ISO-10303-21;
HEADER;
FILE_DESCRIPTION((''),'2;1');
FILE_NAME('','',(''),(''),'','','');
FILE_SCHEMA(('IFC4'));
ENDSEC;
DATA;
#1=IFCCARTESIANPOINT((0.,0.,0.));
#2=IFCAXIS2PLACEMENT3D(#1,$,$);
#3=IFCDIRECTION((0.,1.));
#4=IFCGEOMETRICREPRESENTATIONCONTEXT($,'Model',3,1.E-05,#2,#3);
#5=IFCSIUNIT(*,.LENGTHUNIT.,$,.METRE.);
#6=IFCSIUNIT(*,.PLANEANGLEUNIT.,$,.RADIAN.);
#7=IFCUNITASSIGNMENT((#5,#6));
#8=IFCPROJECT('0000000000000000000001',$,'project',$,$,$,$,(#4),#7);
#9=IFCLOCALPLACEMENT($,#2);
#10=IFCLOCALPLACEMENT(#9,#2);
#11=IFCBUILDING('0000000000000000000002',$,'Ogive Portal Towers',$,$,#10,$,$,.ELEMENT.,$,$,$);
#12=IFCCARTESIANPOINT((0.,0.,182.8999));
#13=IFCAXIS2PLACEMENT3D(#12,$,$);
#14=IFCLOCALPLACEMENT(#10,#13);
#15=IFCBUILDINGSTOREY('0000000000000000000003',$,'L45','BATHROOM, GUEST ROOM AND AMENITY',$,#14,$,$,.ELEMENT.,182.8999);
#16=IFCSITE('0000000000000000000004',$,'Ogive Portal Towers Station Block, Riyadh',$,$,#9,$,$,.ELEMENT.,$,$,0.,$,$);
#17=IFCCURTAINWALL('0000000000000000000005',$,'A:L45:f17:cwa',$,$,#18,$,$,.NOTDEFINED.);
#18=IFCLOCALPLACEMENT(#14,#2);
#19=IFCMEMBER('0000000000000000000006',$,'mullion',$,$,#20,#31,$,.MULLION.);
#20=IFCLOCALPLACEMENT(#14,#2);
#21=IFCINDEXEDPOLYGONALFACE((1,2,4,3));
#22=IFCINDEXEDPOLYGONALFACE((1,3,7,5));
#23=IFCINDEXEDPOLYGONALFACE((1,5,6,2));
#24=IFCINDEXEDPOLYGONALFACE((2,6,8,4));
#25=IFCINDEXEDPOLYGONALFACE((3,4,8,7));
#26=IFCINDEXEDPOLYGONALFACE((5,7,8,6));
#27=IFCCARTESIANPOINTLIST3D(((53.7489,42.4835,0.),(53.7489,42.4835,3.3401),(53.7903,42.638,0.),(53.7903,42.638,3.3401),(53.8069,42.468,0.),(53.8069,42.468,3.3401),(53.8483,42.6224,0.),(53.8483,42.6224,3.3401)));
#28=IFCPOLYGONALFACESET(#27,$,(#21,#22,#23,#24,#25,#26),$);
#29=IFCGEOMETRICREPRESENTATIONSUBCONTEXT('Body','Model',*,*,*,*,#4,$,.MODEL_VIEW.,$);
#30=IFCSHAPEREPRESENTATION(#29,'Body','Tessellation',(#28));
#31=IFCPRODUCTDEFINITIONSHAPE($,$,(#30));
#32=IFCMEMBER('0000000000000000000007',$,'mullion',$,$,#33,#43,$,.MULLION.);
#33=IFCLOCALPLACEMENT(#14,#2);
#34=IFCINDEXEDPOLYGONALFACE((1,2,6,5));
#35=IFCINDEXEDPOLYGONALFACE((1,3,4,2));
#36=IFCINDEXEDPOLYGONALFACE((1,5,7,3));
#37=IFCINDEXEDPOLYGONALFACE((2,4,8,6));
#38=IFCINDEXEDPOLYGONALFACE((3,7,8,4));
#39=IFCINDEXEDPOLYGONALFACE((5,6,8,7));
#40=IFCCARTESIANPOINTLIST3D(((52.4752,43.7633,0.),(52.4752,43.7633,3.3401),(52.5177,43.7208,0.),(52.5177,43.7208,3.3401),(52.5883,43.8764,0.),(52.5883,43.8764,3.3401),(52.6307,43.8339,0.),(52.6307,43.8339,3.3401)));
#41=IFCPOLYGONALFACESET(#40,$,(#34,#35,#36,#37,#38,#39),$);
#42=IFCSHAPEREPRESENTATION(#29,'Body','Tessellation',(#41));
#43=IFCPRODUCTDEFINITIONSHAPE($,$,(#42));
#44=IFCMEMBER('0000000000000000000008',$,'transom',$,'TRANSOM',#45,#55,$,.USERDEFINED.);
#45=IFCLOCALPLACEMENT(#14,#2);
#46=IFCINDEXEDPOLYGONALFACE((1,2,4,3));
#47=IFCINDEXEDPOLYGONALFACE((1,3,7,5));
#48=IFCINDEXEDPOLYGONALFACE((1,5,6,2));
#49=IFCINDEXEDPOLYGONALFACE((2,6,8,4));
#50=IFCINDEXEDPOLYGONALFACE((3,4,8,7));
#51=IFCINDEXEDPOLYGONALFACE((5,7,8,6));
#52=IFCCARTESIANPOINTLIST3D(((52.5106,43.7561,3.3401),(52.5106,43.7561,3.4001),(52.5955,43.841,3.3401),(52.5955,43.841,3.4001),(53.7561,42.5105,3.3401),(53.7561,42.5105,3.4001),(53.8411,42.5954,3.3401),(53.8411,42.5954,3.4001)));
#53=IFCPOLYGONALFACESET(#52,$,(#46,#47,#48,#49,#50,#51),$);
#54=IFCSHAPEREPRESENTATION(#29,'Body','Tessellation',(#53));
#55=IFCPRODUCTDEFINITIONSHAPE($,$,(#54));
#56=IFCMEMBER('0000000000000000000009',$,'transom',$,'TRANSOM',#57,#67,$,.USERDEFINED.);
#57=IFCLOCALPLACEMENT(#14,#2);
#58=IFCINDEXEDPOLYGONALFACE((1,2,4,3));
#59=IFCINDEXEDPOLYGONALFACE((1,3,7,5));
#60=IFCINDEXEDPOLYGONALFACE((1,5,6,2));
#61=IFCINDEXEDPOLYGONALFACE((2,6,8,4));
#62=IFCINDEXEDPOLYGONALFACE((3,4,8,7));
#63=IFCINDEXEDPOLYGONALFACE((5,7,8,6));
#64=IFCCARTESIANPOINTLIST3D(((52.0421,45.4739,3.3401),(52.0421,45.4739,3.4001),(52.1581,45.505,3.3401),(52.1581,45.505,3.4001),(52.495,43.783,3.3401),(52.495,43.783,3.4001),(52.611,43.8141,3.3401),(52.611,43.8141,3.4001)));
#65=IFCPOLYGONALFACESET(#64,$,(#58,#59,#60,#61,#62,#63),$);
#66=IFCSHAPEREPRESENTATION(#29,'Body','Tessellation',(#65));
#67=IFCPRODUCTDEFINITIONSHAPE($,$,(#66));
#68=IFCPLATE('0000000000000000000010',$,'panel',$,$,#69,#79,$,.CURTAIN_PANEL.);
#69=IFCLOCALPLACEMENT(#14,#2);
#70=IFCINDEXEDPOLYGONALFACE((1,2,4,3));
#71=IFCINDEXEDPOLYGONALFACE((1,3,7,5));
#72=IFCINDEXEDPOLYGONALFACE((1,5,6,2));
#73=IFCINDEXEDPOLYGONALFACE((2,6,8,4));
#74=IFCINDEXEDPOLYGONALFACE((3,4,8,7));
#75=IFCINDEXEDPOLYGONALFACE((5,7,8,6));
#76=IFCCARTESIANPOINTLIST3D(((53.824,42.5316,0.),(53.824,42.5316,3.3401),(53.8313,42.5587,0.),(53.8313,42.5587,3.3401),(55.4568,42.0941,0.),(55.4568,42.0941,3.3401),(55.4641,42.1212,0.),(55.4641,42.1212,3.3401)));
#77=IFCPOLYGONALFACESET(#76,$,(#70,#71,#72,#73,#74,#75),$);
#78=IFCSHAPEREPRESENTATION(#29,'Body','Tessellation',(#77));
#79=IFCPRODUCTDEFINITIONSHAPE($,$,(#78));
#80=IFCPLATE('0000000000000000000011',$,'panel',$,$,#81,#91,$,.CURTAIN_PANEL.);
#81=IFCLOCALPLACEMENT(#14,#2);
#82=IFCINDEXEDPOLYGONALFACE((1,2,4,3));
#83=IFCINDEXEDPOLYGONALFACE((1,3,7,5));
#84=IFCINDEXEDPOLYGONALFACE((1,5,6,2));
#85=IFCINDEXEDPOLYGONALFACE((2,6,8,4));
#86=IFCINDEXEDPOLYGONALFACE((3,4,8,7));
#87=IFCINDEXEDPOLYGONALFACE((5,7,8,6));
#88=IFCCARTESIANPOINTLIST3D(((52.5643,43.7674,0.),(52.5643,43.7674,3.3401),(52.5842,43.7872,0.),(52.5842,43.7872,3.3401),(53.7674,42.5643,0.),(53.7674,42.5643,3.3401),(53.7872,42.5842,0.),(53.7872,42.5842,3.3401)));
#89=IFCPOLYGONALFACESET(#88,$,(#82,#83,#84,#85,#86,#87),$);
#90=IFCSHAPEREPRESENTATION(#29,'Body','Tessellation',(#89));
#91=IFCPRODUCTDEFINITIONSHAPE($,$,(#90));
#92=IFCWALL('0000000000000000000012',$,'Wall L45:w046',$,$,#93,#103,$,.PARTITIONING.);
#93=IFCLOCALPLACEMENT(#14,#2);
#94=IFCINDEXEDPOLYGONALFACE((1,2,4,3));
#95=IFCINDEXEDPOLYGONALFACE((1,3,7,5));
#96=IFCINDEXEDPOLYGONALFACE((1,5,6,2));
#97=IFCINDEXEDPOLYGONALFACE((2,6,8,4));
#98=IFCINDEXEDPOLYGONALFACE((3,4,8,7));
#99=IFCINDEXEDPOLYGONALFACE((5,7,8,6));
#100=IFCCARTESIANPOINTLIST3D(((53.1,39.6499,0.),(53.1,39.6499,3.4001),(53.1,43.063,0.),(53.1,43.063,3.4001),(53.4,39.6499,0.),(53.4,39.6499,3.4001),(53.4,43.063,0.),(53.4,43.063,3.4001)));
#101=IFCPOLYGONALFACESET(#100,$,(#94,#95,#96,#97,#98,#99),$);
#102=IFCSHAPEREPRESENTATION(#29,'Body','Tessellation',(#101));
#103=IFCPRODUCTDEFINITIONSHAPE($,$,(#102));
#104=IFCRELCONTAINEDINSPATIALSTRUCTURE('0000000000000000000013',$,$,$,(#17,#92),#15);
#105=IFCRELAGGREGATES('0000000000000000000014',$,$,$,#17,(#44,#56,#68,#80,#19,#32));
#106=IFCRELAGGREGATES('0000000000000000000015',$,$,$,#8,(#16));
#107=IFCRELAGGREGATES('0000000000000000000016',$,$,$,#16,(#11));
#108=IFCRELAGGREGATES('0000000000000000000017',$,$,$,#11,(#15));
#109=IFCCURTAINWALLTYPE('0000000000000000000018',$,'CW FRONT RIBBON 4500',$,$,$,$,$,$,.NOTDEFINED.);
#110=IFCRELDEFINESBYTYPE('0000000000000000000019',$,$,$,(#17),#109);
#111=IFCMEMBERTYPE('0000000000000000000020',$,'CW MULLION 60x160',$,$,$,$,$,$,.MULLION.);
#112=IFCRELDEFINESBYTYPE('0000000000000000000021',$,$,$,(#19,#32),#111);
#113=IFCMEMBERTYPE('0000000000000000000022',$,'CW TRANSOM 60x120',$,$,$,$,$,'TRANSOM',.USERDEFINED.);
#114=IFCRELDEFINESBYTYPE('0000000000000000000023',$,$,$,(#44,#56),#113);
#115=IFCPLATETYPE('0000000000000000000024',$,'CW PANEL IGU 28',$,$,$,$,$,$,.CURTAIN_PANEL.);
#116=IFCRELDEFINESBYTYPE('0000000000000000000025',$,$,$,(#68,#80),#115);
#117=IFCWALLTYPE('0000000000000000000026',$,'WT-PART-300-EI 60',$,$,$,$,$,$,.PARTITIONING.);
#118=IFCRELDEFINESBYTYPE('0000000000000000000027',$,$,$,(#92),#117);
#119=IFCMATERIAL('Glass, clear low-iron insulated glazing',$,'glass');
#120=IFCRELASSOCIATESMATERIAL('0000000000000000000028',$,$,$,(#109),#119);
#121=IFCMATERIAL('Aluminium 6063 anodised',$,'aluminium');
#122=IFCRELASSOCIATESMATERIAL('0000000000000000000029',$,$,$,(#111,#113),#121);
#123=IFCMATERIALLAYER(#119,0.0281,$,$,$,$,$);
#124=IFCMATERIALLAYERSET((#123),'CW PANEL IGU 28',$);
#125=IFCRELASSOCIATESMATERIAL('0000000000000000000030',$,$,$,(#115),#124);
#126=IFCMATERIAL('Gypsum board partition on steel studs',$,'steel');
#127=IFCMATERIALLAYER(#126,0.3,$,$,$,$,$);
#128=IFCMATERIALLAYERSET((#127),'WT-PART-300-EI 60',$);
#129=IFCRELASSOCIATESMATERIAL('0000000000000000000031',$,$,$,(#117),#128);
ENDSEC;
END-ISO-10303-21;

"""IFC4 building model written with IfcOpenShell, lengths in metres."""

from ifc_helpers import new_model, si_unit, direction, frame, frame_2d, origin, origin_2d, place, context, subcontext, project, spatial, rectangle, extrude, material, layer, layer_set, material_profile, profile_set, type_object, element, aggregate, save


model = new_model("IFC4")

# Units and contexts
model_context = context("Model", 3, precision=1e-05, world=origin(), true_north=direction((0.0, 1.0)))
body_context = subcontext(model_context, "Body", "Model", "MODEL_VIEW")
ifc_project = project(units=[si_unit("LENGTHUNIT", "METRE"), si_unit("PLANEANGLEUNIT", "RADIAN")], contexts=[model_context])

# Site, building, storey
site_placement = place(None, origin())
site = spatial("IfcSite", under=ifc_project, at=site_placement, Name="Ogive Portal Towers Station Block, Riyadh", CompositionType="ELEMENT", RefElevation=0.0)
building_placement = place(site_placement, origin())
building = spatial("IfcBuilding", under=site, at=building_placement, Name="Ogive Portal Towers", CompositionType="ELEMENT")
storey_placement = place(building_placement, frame((0.0, 0.0, 182.8999)))
storey = spatial("IfcBuildingStorey", under=building, at=storey_placement, Name="L45", Description="BATHROOM, GUEST ROOM AND AMENITY", CompositionType="ELEMENT", Elevation=182.8999)

# Curtain wall, members, plates
ifc_material_1 = material(Name="Glass, clear low-iron insulated glazing", Category="glass")
curtain_wall_type = type_object("IfcCurtainWallType", Name="CW FRONT RIBBON 4500", PredefinedType="NOTDEFINED", material=ifc_material_1)
curtain_wall_placement = place(storey_placement, origin())
curtain_wall = element("IfcCurtainWall", 1, at=curtain_wall_placement, inside=storey, type_object=curtain_wall_type, Name="A:L45:f17:cwa", PredefinedType="NOTDEFINED")
ifc_material_2 = material(Name="Aluminium 6063 anodised", Category="aluminium")
ifc_material_profile_1 = material_profile(ifc_material_2, rectangle(XDim=0.1599, YDim=0.0601, at=origin_2d()), Name="AL 60x160")
ifc_profile_set_1 = profile_set([ifc_material_profile_1], Name="Aluminium 6063 anodised")
member_type_1 = type_object("IfcMemberType", Name="CW MULLION 60x160", PredefinedType="MULLION", material=ifc_profile_set_1)
member_1_placement = place(storey_placement, frame((53.7986, 42.553, 0.0), z_axis=(0.0, 0.0, 1.0), x_axis=(-0.258819, -0.965926, 0.0)))
member_1 = element("IfcMember", 2, at=member_1_placement, type_object=member_type_1, Name="mullion", PredefinedType="MULLION", context=body_context, shape_type="SweptSolid", body=[
    extrude(rectangle(XDim=0.1599, YDim=0.0601, at=origin_2d()), origin(), (0.0, 0.0, 1.0), 3.3401),
])
member_2_placement = place(storey_placement, frame((52.553, 43.7986, 0.0), z_axis=(0.0, 0.0, 1.0), x_axis=(-0.707107, -0.707107, 0.0)))
member_2 = element("IfcMember", 3, at=member_2_placement, type_object=member_type_1, Name="mullion", PredefinedType="MULLION", context=body_context, shape_type="SweptSolid", body=[
    extrude(rectangle(XDim=0.1599, YDim=0.0601, at=origin_2d()), origin(), (0.0, 0.0, 1.0), 3.3401),
])
ifc_material_profile_2 = material_profile(ifc_material_2, rectangle(XDim=0.1201, YDim=0.0601, at=origin_2d()), Name="AL 120x60")
ifc_profile_set_2 = profile_set([ifc_material_profile_2], Name="Aluminium 6063 anodised")
member_type_2 = type_object("IfcMemberType", Name="CW TRANSOM 60x120", ElementType="TRANSOM", PredefinedType="USERDEFINED", material=ifc_profile_set_2)
member_3_placement = place(storey_placement, frame((53.7986, 42.553, 3.3701), z_axis=(-0.707107, 0.707107, 0.0), x_axis=(-0.707107, -0.707107, 0.0)))
member_3 = element("IfcMember", 4, at=member_3_placement, type_object=member_type_2, Name="transom", ObjectType="TRANSOM", PredefinedType="USERDEFINED", context=body_context, shape_type="SweptSolid", body=[
    extrude(rectangle(XDim=0.1201, YDim=0.0601, at=origin_2d()), origin(), (0.0, 0.0, 1.0), 1.7615),
])
member_4_placement = place(storey_placement, frame((52.553, 43.7986, 3.3701), z_axis=(-0.258713, 0.965954, 0.0), x_axis=(-0.965954, -0.258713, 0.0)))
member_4 = element("IfcMember", 5, at=member_4_placement, type_object=member_type_2, Name="transom", ObjectType="TRANSOM", PredefinedType="USERDEFINED", context=body_context, shape_type="SweptSolid", body=[
    extrude(rectangle(XDim=0.1201, YDim=0.0601, at=origin_2d()), origin(), (0.0, 0.0, 1.0), 1.7505),
])
ifc_layer_1 = layer(ifc_material_1, 0.0281)
ifc_layer_set_1 = layer_set([ifc_layer_1], Name="CW PANEL IGU 28")
plate_type = type_object("IfcPlateType", Name="CW PANEL IGU 28", PredefinedType="CURTAIN_PANEL", material=ifc_layer_set_1)
plate_1_placement = place(storey_placement, frame((54.644, 42.3264, 0.0), z_axis=(0.0, 0.0, 1.0), x_axis=(-0.965926, 0.258819, 0.0)))
plate_1 = element("IfcPlate", 6, at=plate_1_placement, type_object=plate_type, Name="panel", PredefinedType="CURTAIN_PANEL", context=body_context, shape_type="SweptSolid", body=[
    extrude(rectangle(XDim=1.6904, YDim=0.0281, at=origin_2d()), origin(), (0.0, 0.0, 1.0), 3.3401),
])
plate_2_placement = place(storey_placement, frame((53.1758, 43.1758, 0.0), z_axis=(0.0, 0.0, 1.0), x_axis=(-0.707107, 0.707107, 0.0)))
plate_2 = element("IfcPlate", 7, at=plate_2_placement, type_object=plate_type, Name="panel", PredefinedType="CURTAIN_PANEL", context=body_context, shape_type="SweptSolid", body=[
    extrude(rectangle(XDim=1.7014, YDim=0.0281, at=origin_2d()), origin(), (0.0, 0.0, 1.0), 3.3401),
])
aggregate(curtain_wall, [member_3, member_4, plate_1, plate_2, member_1, member_2])

# Wall
ifc_material_3 = material(Name="Gypsum board partition on steel studs", Category="steel")
ifc_layer_2 = layer(ifc_material_3, 0.3)
ifc_layer_set_2 = layer_set([ifc_layer_2], Name="WT-PART-300-EI 60")
wall_type = type_object("IfcWallType", Name="WT-PART-300-EI 60", PredefinedType="PARTITIONING", material=ifc_layer_set_2)
wall_placement = place(storey_placement, frame((53.25, 39.6499, 0.0), z_axis=(0.0, 0.0, 1.0), x_axis=(0.0, 1.0, 0.0)))
element("IfcWall", 8, at=wall_placement, inside=storey, type_object=wall_type, Name="Wall L45:w046", PredefinedType="PARTITIONING", context=body_context, shape_type="SweptSolid", body=[
    extrude(rectangle(XDim=3.4131, YDim=0.3, at=frame_2d((1.7065, 0.0))), origin(), (0.0, 0.0, 1.0), 3.4001),
])

save(model, "model.ifc")
